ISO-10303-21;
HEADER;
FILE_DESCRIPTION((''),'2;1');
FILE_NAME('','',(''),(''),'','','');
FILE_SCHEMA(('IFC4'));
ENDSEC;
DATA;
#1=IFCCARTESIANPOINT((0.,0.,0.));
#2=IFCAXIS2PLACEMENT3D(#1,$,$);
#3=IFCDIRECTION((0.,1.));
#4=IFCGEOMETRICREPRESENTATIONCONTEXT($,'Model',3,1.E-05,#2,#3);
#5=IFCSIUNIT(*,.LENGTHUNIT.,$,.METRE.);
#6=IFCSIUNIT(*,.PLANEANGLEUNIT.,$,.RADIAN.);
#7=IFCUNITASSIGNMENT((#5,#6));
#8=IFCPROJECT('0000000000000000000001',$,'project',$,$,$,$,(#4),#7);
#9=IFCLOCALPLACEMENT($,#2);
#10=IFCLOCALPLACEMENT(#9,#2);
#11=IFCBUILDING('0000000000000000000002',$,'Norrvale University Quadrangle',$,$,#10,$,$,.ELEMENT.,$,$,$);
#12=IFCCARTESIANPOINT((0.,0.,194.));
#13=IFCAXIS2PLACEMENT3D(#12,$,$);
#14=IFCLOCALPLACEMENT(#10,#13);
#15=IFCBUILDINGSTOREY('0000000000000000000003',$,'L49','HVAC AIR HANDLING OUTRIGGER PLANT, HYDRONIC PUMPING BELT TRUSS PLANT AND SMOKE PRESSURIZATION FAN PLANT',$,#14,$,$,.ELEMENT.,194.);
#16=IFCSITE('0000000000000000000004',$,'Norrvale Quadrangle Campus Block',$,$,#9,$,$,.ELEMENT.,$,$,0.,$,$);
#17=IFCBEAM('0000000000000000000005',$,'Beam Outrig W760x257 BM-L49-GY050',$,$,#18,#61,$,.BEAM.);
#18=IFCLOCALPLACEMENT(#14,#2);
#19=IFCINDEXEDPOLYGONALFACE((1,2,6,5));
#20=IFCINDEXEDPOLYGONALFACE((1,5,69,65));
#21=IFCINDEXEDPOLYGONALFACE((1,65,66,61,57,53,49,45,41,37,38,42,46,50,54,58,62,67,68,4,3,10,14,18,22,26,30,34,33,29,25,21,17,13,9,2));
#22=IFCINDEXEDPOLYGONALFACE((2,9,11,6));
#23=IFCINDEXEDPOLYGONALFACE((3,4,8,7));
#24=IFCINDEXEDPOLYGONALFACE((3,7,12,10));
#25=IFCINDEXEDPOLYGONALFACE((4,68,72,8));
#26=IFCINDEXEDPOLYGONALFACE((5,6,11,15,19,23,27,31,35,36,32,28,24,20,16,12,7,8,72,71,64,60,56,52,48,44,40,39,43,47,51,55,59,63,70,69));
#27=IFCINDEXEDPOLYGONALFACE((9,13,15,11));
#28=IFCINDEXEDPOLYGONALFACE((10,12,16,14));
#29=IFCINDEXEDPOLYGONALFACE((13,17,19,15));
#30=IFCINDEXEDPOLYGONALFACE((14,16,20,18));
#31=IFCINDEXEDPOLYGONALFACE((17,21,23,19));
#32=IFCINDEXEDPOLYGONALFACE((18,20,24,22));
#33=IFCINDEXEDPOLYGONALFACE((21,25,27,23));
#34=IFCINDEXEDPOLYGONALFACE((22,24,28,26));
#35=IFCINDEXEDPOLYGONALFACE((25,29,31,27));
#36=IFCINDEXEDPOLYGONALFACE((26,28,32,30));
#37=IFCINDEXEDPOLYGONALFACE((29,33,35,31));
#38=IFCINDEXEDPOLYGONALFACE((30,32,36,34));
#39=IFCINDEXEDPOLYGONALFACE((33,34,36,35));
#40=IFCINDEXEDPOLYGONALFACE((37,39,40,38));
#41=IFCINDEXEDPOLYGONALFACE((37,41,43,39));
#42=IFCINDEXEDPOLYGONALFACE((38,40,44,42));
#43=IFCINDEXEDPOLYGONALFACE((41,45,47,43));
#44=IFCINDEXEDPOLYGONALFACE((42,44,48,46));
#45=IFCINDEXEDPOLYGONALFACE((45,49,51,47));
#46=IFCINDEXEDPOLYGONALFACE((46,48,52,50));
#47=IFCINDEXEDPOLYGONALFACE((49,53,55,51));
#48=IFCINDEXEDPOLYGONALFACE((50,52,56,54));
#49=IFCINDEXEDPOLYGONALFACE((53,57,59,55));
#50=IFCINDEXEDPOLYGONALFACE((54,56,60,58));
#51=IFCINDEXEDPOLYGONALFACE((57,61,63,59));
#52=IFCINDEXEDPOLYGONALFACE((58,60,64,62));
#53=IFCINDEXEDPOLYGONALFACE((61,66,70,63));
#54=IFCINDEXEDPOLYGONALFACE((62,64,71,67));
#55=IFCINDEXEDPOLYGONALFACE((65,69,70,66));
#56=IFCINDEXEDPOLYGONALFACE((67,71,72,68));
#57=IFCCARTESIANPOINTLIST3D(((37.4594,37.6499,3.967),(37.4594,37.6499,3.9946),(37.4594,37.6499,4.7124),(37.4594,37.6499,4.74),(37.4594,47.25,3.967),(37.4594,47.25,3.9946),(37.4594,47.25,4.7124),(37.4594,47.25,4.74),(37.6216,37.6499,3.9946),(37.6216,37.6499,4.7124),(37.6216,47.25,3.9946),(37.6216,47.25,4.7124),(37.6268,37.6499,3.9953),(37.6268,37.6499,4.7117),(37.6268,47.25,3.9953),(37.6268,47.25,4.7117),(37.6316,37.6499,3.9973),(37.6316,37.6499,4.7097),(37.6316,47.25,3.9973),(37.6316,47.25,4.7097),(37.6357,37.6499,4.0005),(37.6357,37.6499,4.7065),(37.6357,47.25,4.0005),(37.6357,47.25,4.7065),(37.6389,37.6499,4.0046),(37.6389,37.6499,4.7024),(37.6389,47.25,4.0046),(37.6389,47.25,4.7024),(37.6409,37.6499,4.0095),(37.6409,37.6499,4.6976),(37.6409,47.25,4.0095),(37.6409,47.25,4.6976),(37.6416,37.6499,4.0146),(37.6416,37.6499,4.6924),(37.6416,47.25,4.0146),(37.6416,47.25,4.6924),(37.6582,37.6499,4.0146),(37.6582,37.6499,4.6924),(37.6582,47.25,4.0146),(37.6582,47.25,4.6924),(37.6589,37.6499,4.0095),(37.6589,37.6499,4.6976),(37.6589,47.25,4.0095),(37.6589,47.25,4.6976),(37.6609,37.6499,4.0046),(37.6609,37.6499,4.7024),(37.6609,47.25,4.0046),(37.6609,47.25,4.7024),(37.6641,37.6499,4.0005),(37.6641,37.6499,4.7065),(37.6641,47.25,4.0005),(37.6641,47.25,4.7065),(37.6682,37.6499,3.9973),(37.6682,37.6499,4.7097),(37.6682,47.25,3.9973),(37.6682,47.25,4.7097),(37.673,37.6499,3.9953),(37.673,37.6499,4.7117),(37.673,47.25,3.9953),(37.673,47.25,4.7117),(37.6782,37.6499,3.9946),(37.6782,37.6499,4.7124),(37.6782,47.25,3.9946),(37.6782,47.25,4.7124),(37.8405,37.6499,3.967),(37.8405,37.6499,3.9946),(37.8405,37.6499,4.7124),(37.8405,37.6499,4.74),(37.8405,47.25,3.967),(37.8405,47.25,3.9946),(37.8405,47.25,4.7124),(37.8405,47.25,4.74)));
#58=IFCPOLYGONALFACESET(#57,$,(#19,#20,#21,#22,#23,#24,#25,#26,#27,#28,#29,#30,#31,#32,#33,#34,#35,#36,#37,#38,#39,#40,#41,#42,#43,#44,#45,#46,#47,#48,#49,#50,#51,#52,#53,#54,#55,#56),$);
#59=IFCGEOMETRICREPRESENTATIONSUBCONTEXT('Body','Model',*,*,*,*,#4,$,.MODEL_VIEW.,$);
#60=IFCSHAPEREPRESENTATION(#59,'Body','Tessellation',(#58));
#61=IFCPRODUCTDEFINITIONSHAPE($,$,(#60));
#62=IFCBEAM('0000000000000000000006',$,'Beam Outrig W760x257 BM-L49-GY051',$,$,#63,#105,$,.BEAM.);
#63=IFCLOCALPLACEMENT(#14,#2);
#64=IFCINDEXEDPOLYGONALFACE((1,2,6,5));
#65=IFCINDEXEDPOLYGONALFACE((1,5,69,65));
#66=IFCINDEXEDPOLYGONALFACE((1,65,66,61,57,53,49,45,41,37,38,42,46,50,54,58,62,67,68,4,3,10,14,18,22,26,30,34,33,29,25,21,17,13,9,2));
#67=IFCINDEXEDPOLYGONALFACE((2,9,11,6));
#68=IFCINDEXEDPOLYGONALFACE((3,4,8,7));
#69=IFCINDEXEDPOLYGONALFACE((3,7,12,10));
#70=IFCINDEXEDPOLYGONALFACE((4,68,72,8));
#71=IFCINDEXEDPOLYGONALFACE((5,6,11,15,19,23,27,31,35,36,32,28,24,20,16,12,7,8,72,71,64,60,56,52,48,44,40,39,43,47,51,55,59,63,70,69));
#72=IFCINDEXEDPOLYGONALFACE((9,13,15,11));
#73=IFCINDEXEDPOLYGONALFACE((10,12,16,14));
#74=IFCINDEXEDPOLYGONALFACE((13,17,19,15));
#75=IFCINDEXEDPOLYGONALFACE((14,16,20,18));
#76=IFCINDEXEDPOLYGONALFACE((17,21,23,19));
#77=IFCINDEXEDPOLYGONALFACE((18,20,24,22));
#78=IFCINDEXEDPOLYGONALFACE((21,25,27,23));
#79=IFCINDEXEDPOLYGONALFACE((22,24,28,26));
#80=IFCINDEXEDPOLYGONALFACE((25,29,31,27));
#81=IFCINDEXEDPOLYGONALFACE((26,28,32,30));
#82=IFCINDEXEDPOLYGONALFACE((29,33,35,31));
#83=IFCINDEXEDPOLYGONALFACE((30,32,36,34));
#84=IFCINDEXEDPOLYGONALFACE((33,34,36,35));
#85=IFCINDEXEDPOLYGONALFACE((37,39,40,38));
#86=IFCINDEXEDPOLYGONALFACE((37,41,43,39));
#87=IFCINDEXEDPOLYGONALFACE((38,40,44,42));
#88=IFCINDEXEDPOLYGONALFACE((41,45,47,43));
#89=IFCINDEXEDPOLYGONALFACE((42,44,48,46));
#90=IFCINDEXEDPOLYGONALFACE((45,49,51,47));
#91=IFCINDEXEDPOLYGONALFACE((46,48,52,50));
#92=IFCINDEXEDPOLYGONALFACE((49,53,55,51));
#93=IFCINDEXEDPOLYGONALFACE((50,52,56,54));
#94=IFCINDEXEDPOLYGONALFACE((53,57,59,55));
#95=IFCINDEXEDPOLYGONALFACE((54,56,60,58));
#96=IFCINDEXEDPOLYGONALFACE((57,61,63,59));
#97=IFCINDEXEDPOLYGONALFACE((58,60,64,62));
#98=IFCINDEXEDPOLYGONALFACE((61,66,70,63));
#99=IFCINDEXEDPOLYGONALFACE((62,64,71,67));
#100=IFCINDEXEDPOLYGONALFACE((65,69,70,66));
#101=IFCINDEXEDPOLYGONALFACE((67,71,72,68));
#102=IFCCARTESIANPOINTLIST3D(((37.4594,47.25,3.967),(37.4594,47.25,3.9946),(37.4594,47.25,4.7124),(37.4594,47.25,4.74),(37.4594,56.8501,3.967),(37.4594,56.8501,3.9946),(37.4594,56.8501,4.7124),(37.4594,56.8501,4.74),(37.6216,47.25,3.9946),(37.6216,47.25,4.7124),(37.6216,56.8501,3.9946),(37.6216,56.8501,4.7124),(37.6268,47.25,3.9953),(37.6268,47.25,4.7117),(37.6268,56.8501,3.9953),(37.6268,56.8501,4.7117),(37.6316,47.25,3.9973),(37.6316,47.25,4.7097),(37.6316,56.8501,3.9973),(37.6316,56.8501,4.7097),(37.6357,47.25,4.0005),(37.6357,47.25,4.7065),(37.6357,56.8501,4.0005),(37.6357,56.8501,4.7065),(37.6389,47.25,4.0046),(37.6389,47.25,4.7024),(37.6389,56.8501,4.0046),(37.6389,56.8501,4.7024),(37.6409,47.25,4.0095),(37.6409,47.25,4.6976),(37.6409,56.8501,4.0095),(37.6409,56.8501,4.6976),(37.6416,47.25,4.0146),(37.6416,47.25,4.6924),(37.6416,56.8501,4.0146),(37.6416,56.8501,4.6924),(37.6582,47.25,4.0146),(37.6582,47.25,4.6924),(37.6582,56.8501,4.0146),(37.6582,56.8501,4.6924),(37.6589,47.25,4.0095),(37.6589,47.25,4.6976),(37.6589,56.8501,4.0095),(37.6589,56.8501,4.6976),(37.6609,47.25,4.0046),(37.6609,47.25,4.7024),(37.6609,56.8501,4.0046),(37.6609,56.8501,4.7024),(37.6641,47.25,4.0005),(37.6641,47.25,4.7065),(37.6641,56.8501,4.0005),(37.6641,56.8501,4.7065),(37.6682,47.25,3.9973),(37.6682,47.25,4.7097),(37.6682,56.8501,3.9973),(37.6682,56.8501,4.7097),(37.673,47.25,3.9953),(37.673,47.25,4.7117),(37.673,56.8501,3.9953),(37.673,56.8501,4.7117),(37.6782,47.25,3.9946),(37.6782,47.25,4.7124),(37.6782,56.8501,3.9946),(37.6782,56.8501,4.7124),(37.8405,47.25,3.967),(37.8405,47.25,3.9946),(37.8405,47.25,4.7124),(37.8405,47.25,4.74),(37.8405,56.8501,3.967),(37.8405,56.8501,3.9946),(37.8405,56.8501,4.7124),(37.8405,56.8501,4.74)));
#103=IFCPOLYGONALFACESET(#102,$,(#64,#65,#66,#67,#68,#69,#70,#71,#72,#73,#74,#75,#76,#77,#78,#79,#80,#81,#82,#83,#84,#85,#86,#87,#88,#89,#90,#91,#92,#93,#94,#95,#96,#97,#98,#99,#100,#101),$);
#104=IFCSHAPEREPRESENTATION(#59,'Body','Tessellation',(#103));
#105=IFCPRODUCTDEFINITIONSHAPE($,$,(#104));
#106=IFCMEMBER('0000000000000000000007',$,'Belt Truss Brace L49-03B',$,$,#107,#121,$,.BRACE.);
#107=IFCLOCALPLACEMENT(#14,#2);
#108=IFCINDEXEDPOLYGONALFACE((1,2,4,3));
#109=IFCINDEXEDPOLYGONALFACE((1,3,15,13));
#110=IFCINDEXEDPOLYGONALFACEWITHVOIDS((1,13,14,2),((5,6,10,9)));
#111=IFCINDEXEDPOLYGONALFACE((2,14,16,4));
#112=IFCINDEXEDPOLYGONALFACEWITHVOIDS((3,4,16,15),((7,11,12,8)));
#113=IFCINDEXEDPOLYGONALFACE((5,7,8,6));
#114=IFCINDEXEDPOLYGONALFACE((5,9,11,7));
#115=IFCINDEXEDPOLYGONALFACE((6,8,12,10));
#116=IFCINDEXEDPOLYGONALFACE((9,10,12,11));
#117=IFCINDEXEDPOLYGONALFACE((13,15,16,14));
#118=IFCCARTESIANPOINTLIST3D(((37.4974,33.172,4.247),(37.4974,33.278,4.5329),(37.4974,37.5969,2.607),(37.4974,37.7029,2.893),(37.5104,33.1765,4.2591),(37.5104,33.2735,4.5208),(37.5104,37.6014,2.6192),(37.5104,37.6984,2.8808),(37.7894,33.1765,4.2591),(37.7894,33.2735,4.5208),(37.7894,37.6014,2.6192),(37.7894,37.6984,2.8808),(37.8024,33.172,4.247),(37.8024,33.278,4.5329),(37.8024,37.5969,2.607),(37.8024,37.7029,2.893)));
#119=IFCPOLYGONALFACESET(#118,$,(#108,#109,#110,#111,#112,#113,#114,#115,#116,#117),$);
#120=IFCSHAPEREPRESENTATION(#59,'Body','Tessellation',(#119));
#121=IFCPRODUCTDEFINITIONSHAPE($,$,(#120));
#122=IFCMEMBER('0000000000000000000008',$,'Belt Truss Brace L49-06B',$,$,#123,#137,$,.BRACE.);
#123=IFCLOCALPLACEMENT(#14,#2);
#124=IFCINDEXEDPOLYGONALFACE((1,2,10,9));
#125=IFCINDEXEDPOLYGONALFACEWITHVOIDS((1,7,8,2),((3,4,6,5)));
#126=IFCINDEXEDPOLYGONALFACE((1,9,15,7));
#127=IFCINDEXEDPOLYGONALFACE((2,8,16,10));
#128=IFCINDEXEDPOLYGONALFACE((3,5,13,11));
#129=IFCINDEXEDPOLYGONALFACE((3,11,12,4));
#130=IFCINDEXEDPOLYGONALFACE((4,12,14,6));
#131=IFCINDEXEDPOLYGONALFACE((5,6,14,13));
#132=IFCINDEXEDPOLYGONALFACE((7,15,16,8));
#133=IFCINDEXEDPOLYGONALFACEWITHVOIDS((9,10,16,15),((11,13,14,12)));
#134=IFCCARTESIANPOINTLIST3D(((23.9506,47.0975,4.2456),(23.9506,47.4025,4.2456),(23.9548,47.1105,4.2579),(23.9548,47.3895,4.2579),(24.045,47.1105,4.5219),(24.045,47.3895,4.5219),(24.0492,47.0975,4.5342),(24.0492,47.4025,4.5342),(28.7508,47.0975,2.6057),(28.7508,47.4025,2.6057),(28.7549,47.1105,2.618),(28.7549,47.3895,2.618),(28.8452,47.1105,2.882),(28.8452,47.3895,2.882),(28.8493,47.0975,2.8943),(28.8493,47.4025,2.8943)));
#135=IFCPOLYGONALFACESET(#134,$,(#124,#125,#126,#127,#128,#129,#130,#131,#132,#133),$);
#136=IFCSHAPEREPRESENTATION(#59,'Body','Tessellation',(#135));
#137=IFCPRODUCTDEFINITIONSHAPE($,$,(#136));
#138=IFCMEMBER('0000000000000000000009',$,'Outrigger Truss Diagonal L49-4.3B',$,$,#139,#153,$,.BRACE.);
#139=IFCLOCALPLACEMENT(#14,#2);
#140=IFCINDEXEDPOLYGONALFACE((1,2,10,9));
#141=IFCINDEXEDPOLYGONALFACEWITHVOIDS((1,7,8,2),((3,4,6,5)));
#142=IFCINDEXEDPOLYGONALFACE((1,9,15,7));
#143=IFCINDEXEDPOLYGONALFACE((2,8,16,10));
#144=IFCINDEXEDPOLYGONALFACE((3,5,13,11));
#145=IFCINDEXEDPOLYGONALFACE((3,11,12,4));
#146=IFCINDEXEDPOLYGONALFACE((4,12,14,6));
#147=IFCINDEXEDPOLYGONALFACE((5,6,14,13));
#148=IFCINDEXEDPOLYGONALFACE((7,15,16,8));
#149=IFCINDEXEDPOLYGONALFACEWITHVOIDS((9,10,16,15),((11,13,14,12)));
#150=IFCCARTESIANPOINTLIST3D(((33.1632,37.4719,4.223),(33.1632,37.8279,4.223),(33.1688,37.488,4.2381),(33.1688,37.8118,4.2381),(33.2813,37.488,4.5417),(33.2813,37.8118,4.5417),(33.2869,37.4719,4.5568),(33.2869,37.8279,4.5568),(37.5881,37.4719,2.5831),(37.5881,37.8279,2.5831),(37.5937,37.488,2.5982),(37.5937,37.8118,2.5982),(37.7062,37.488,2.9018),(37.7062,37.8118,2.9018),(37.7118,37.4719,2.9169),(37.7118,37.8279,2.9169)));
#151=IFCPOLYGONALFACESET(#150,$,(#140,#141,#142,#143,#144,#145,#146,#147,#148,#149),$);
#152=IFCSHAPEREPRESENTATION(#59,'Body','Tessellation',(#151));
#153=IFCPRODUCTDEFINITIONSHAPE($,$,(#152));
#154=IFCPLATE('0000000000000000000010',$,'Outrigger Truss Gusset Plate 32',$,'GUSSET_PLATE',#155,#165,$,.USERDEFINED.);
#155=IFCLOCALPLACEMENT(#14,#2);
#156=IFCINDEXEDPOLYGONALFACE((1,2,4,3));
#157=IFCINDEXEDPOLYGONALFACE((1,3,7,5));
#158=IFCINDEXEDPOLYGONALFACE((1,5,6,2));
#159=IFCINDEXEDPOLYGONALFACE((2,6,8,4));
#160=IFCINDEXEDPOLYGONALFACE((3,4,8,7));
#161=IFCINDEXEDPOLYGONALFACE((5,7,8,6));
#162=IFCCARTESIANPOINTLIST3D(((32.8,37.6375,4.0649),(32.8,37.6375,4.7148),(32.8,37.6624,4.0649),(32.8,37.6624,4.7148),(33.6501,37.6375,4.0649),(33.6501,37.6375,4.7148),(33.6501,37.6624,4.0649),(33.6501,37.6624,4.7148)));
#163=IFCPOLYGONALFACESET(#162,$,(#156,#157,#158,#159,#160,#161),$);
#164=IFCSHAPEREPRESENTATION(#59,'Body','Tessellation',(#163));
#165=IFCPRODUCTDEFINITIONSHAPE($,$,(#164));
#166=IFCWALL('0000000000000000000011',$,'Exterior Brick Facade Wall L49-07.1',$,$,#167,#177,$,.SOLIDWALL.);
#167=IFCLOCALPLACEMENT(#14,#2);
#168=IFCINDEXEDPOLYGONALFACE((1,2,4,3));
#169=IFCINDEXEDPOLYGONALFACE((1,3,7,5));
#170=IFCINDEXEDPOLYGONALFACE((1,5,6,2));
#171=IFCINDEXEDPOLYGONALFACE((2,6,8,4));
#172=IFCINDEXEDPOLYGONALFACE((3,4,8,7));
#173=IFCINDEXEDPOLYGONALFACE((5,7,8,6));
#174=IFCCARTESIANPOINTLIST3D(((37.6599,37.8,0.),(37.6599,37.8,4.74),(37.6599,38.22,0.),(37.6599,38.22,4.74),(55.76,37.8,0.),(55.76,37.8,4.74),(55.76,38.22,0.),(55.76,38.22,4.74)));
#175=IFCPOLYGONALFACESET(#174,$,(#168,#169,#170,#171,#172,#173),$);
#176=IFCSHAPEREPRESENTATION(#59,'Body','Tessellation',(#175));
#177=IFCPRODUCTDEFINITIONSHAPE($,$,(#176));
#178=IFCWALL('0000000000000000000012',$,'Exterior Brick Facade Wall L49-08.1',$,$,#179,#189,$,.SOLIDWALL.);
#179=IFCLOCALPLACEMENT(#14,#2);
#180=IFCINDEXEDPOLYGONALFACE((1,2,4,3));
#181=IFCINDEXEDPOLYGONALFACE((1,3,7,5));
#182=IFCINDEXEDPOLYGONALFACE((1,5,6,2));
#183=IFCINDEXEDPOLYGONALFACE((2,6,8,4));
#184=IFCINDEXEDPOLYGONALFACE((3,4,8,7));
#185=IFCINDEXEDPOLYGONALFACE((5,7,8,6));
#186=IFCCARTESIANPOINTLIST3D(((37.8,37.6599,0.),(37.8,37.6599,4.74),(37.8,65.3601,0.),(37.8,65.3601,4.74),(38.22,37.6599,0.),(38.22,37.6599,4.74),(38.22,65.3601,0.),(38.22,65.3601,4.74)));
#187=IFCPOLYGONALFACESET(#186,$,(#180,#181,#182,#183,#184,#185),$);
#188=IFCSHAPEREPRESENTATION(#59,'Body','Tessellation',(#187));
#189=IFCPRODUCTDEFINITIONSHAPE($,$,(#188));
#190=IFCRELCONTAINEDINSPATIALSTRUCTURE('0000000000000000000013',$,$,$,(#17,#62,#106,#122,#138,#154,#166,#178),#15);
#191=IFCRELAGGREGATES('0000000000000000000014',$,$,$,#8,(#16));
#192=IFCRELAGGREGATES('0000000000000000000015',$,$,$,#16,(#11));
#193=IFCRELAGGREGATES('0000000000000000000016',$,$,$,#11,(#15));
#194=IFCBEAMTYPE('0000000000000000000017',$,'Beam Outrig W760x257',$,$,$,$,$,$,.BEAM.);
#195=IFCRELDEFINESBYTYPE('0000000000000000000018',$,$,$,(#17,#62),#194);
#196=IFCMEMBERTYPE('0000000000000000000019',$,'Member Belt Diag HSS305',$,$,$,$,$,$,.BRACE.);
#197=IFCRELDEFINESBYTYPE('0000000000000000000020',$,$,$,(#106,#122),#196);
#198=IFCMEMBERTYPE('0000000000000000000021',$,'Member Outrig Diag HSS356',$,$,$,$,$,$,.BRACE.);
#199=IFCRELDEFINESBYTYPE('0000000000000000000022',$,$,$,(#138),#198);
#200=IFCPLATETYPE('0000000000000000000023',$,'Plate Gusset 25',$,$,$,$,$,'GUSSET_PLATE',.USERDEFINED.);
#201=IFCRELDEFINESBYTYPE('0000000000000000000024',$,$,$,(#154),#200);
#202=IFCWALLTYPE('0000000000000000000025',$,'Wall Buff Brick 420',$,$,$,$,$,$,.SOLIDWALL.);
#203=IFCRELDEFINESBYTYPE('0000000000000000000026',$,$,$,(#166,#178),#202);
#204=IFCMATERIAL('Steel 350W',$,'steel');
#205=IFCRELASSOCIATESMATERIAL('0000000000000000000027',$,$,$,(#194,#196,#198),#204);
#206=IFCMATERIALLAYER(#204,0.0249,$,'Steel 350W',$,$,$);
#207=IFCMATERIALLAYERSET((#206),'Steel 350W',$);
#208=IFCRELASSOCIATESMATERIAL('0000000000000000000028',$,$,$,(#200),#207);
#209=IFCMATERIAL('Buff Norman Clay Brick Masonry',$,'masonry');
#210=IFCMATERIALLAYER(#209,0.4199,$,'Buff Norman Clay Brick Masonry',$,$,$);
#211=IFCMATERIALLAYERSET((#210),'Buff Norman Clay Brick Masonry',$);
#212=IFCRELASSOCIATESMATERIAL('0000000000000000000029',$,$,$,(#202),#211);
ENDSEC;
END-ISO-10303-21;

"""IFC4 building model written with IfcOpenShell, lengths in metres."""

from ifc_helpers import new_model, si_unit, direction, frame, frame_2d, origin, origin_2d, place, context, subcontext, project, spatial, rectangle, hollow_rectangle, i_section, extrude, material, layer, layer_set, material_profile, profile_set, type_object, element, save


model = new_model("IFC4")

# Units and contexts
model_context = context("Model", 3, precision=1e-05, world=origin(), true_north=direction((0.0, 1.0)))
body_context = subcontext(model_context, "Body", "Model", "MODEL_VIEW")
ifc_project = project(units=[si_unit("LENGTHUNIT", "METRE"), si_unit("PLANEANGLEUNIT", "RADIAN")], contexts=[model_context])

# Site, building, storey
site_placement = place(None, origin())
site = spatial("IfcSite", under=ifc_project, at=site_placement, Name="Norrvale Quadrangle Campus Block", CompositionType="ELEMENT", RefElevation=0.0)
building_placement = place(site_placement, origin())
building = spatial("IfcBuilding", under=site, at=building_placement, Name="Norrvale University Quadrangle", CompositionType="ELEMENT")
storey_placement = place(building_placement, frame((0.0, 0.0, 194.0)))
storey = spatial("IfcBuildingStorey", under=building, at=storey_placement, Name="L49", Description="HVAC AIR HANDLING OUTRIGGER PLANT, HYDRONIC PUMPING BELT TRUSS PLANT AND SMOKE PRESSURIZATION FAN PLANT", CompositionType="ELEMENT", Elevation=194.0)

# Beams
ifc_material_1 = material(Name="Steel 350W", Category="steel")
ifc_material_profile_1 = material_profile(ifc_material_1, i_section(OverallWidth=0.3811, OverallDepth=0.7729, WebThickness=0.0166, FlangeThickness=0.0276, FilletRadius=0.02, at=origin_2d()), Name="Steel 350W")
ifc_profile_set_1 = profile_set([ifc_material_profile_1], Name="Steel 350W")
beam_type_1 = type_object("IfcBeamType", Name="Beam Outrig W760x257", PredefinedType="BEAM", material=ifc_profile_set_1)
for number, where, z_axis, x_axis, name in (
    (1, (37.6499, 37.6499, 4.3535), (0.0, 1.0, 0.0), (-1.0, 0.0, 0.0), "Beam Outrig W760x257 BM-L49-GY050"),
    (2, (37.6499, 47.25, 4.3535), (0.0, 1.0, 0.0), (-1.0, 0.0, 0.0), "Beam Outrig W760x257 BM-L49-GY051"),
):
    element("IfcBeam", number, at=place(storey_placement, frame(where, z_axis=z_axis, x_axis=x_axis)), inside=storey, type_object=beam_type_1, Name=name, PredefinedType="BEAM", context=body_context, shape_type="SweptSolid", body=[
        extrude(i_section(OverallWidth=0.3811, OverallDepth=0.7729, WebThickness=0.0166, FlangeThickness=0.0276, FilletRadius=0.02, at=origin_2d()), origin(), (0.0, 0.0, 1.0), 9.6001),
    ])

# Members
ifc_material_profile_2 = material_profile(ifc_material_1, hollow_rectangle(XDim=0.3049, YDim=0.3049, WallThickness=0.0129, at=origin_2d()), Name="Steel 350W")
ifc_profile_set_2 = profile_set([ifc_material_profile_2], Name="Steel 350W")
member_type_1 = type_object("IfcMemberType", Name="Member Belt Diag HSS305", PredefinedType="BRACE", material=ifc_profile_set_2)
member_1_placement = place(storey_placement, frame((37.6499, 37.6499, 2.75), z_axis=(0.0, -0.937674, 0.347515), x_axis=(1.0, 0.0, 0.0)))
element("IfcMember", 3, at=member_1_placement, inside=storey, type_object=member_type_1, Name="Belt Truss Brace L49-03B", PredefinedType="BRACE", context=body_context, shape_type="SweptSolid", body=[
    extrude(hollow_rectangle(XDim=0.3049, YDim=0.3049, WallThickness=0.0129, at=origin_2d()), origin(), (0.0, 0.0, 1.0), 4.719),
])
member_2_placement = place(storey_placement, frame((28.8, 47.25, 2.75), z_axis=(-0.946299, 0.0, 0.323294), x_axis=(0.0, -1.0, 0.0)))
element("IfcMember", 4, at=member_2_placement, inside=storey, type_object=member_type_1, Name="Belt Truss Brace L49-06B", PredefinedType="BRACE", context=body_context, shape_type="SweptSolid", body=[
    extrude(hollow_rectangle(XDim=0.3049, YDim=0.3049, WallThickness=0.0129, at=origin_2d()), origin(), (0.0, 0.0, 1.0), 5.0725),
])
ifc_material_profile_3 = material_profile(ifc_material_1, hollow_rectangle(XDim=0.356, YDim=0.356, WallThickness=0.0161, at=origin_2d()), Name="Steel 350W")
ifc_profile_set_3 = profile_set([ifc_material_profile_3], Name="Steel 350W")
member_type_2 = type_object("IfcMemberType", Name="Member Outrig Diag HSS356", PredefinedType="BRACE", material=ifc_profile_set_3)
member_3_placement = place(storey_placement, frame((37.6499, 37.6499, 2.75), z_axis=(-0.937674, 0.0, 0.347515), x_axis=(0.0, -1.0, 0.0)))
element("IfcMember", 5, at=member_3_placement, inside=storey, type_object=member_type_2, Name="Outrigger Truss Diagonal L49-4.3B", PredefinedType="BRACE", context=body_context, shape_type="SweptSolid", body=[
    extrude(hollow_rectangle(XDim=0.356, YDim=0.356, WallThickness=0.0161, at=origin_2d()), origin(), (0.0, 0.0, 1.0), 4.719),
])

# Plate
ifc_layer_1 = layer(ifc_material_1, 0.0249, Name="Steel 350W")
ifc_layer_set_1 = layer_set([ifc_layer_1], Name="Steel 350W")
plate_type = type_object("IfcPlateType", Name="Plate Gusset 25", ElementType="GUSSET_PLATE", PredefinedType="USERDEFINED", material=ifc_layer_set_1)
plate_placement = place(storey_placement, frame((33.2251, 37.6499, 4.0649), z_axis=(0.0, 0.0, 1.0), x_axis=(1.0, 0.0, 0.0)))
element("IfcPlate", 6, at=plate_placement, inside=storey, type_object=plate_type, Name="Outrigger Truss Gusset Plate 32", ObjectType="GUSSET_PLATE", PredefinedType="USERDEFINED", context=body_context, shape_type="SweptSolid", body=[
    extrude(rectangle(XDim=0.8501, YDim=0.0249, at=origin_2d()), origin(), (0.0, 0.0, 1.0), 0.6499),
])

# Walls
ifc_material_2 = material(Name="Buff Norman Clay Brick Masonry", Category="masonry")
ifc_layer_2 = layer(ifc_material_2, 0.4199, Name="Buff Norman Clay Brick Masonry")
ifc_layer_set_2 = layer_set([ifc_layer_2], Name="Buff Norman Clay Brick Masonry")
wall_type = type_object("IfcWallType", Name="Wall Buff Brick 420", PredefinedType="SOLIDWALL", material=ifc_layer_set_2)
wall_1_placement = place(storey_placement, frame((55.76, 38.01, 0.0), z_axis=(0.0, 0.0, 1.0), x_axis=(-1.0, 0.0, 0.0)))
element("IfcWall", 7, at=wall_1_placement, inside=storey, type_object=wall_type, Name="Exterior Brick Facade Wall L49-07.1", PredefinedType="SOLIDWALL", context=body_context, shape_type="SweptSolid", body=[
    extrude(rectangle(XDim=18.1001, YDim=0.4199, at=frame_2d((9.05, 0.0))), origin(), (0.0, 0.0, 1.0), 4.74),
])
wall_2_placement = place(storey_placement, frame((38.01, 37.6599, 0.0), z_axis=(0.0, 0.0, 1.0), x_axis=(0.0, 1.0, 0.0)))
element("IfcWall", 8, at=wall_2_placement, inside=storey, type_object=wall_type, Name="Exterior Brick Facade Wall L49-08.1", PredefinedType="SOLIDWALL", context=body_context, shape_type="SweptSolid", body=[
    extrude(rectangle(XDim=27.7002, YDim=0.4199, at=frame_2d((13.8501, 0.0))), origin(), (0.0, 0.0, 1.0), 4.74),
])

save(model, "model.ifc")
